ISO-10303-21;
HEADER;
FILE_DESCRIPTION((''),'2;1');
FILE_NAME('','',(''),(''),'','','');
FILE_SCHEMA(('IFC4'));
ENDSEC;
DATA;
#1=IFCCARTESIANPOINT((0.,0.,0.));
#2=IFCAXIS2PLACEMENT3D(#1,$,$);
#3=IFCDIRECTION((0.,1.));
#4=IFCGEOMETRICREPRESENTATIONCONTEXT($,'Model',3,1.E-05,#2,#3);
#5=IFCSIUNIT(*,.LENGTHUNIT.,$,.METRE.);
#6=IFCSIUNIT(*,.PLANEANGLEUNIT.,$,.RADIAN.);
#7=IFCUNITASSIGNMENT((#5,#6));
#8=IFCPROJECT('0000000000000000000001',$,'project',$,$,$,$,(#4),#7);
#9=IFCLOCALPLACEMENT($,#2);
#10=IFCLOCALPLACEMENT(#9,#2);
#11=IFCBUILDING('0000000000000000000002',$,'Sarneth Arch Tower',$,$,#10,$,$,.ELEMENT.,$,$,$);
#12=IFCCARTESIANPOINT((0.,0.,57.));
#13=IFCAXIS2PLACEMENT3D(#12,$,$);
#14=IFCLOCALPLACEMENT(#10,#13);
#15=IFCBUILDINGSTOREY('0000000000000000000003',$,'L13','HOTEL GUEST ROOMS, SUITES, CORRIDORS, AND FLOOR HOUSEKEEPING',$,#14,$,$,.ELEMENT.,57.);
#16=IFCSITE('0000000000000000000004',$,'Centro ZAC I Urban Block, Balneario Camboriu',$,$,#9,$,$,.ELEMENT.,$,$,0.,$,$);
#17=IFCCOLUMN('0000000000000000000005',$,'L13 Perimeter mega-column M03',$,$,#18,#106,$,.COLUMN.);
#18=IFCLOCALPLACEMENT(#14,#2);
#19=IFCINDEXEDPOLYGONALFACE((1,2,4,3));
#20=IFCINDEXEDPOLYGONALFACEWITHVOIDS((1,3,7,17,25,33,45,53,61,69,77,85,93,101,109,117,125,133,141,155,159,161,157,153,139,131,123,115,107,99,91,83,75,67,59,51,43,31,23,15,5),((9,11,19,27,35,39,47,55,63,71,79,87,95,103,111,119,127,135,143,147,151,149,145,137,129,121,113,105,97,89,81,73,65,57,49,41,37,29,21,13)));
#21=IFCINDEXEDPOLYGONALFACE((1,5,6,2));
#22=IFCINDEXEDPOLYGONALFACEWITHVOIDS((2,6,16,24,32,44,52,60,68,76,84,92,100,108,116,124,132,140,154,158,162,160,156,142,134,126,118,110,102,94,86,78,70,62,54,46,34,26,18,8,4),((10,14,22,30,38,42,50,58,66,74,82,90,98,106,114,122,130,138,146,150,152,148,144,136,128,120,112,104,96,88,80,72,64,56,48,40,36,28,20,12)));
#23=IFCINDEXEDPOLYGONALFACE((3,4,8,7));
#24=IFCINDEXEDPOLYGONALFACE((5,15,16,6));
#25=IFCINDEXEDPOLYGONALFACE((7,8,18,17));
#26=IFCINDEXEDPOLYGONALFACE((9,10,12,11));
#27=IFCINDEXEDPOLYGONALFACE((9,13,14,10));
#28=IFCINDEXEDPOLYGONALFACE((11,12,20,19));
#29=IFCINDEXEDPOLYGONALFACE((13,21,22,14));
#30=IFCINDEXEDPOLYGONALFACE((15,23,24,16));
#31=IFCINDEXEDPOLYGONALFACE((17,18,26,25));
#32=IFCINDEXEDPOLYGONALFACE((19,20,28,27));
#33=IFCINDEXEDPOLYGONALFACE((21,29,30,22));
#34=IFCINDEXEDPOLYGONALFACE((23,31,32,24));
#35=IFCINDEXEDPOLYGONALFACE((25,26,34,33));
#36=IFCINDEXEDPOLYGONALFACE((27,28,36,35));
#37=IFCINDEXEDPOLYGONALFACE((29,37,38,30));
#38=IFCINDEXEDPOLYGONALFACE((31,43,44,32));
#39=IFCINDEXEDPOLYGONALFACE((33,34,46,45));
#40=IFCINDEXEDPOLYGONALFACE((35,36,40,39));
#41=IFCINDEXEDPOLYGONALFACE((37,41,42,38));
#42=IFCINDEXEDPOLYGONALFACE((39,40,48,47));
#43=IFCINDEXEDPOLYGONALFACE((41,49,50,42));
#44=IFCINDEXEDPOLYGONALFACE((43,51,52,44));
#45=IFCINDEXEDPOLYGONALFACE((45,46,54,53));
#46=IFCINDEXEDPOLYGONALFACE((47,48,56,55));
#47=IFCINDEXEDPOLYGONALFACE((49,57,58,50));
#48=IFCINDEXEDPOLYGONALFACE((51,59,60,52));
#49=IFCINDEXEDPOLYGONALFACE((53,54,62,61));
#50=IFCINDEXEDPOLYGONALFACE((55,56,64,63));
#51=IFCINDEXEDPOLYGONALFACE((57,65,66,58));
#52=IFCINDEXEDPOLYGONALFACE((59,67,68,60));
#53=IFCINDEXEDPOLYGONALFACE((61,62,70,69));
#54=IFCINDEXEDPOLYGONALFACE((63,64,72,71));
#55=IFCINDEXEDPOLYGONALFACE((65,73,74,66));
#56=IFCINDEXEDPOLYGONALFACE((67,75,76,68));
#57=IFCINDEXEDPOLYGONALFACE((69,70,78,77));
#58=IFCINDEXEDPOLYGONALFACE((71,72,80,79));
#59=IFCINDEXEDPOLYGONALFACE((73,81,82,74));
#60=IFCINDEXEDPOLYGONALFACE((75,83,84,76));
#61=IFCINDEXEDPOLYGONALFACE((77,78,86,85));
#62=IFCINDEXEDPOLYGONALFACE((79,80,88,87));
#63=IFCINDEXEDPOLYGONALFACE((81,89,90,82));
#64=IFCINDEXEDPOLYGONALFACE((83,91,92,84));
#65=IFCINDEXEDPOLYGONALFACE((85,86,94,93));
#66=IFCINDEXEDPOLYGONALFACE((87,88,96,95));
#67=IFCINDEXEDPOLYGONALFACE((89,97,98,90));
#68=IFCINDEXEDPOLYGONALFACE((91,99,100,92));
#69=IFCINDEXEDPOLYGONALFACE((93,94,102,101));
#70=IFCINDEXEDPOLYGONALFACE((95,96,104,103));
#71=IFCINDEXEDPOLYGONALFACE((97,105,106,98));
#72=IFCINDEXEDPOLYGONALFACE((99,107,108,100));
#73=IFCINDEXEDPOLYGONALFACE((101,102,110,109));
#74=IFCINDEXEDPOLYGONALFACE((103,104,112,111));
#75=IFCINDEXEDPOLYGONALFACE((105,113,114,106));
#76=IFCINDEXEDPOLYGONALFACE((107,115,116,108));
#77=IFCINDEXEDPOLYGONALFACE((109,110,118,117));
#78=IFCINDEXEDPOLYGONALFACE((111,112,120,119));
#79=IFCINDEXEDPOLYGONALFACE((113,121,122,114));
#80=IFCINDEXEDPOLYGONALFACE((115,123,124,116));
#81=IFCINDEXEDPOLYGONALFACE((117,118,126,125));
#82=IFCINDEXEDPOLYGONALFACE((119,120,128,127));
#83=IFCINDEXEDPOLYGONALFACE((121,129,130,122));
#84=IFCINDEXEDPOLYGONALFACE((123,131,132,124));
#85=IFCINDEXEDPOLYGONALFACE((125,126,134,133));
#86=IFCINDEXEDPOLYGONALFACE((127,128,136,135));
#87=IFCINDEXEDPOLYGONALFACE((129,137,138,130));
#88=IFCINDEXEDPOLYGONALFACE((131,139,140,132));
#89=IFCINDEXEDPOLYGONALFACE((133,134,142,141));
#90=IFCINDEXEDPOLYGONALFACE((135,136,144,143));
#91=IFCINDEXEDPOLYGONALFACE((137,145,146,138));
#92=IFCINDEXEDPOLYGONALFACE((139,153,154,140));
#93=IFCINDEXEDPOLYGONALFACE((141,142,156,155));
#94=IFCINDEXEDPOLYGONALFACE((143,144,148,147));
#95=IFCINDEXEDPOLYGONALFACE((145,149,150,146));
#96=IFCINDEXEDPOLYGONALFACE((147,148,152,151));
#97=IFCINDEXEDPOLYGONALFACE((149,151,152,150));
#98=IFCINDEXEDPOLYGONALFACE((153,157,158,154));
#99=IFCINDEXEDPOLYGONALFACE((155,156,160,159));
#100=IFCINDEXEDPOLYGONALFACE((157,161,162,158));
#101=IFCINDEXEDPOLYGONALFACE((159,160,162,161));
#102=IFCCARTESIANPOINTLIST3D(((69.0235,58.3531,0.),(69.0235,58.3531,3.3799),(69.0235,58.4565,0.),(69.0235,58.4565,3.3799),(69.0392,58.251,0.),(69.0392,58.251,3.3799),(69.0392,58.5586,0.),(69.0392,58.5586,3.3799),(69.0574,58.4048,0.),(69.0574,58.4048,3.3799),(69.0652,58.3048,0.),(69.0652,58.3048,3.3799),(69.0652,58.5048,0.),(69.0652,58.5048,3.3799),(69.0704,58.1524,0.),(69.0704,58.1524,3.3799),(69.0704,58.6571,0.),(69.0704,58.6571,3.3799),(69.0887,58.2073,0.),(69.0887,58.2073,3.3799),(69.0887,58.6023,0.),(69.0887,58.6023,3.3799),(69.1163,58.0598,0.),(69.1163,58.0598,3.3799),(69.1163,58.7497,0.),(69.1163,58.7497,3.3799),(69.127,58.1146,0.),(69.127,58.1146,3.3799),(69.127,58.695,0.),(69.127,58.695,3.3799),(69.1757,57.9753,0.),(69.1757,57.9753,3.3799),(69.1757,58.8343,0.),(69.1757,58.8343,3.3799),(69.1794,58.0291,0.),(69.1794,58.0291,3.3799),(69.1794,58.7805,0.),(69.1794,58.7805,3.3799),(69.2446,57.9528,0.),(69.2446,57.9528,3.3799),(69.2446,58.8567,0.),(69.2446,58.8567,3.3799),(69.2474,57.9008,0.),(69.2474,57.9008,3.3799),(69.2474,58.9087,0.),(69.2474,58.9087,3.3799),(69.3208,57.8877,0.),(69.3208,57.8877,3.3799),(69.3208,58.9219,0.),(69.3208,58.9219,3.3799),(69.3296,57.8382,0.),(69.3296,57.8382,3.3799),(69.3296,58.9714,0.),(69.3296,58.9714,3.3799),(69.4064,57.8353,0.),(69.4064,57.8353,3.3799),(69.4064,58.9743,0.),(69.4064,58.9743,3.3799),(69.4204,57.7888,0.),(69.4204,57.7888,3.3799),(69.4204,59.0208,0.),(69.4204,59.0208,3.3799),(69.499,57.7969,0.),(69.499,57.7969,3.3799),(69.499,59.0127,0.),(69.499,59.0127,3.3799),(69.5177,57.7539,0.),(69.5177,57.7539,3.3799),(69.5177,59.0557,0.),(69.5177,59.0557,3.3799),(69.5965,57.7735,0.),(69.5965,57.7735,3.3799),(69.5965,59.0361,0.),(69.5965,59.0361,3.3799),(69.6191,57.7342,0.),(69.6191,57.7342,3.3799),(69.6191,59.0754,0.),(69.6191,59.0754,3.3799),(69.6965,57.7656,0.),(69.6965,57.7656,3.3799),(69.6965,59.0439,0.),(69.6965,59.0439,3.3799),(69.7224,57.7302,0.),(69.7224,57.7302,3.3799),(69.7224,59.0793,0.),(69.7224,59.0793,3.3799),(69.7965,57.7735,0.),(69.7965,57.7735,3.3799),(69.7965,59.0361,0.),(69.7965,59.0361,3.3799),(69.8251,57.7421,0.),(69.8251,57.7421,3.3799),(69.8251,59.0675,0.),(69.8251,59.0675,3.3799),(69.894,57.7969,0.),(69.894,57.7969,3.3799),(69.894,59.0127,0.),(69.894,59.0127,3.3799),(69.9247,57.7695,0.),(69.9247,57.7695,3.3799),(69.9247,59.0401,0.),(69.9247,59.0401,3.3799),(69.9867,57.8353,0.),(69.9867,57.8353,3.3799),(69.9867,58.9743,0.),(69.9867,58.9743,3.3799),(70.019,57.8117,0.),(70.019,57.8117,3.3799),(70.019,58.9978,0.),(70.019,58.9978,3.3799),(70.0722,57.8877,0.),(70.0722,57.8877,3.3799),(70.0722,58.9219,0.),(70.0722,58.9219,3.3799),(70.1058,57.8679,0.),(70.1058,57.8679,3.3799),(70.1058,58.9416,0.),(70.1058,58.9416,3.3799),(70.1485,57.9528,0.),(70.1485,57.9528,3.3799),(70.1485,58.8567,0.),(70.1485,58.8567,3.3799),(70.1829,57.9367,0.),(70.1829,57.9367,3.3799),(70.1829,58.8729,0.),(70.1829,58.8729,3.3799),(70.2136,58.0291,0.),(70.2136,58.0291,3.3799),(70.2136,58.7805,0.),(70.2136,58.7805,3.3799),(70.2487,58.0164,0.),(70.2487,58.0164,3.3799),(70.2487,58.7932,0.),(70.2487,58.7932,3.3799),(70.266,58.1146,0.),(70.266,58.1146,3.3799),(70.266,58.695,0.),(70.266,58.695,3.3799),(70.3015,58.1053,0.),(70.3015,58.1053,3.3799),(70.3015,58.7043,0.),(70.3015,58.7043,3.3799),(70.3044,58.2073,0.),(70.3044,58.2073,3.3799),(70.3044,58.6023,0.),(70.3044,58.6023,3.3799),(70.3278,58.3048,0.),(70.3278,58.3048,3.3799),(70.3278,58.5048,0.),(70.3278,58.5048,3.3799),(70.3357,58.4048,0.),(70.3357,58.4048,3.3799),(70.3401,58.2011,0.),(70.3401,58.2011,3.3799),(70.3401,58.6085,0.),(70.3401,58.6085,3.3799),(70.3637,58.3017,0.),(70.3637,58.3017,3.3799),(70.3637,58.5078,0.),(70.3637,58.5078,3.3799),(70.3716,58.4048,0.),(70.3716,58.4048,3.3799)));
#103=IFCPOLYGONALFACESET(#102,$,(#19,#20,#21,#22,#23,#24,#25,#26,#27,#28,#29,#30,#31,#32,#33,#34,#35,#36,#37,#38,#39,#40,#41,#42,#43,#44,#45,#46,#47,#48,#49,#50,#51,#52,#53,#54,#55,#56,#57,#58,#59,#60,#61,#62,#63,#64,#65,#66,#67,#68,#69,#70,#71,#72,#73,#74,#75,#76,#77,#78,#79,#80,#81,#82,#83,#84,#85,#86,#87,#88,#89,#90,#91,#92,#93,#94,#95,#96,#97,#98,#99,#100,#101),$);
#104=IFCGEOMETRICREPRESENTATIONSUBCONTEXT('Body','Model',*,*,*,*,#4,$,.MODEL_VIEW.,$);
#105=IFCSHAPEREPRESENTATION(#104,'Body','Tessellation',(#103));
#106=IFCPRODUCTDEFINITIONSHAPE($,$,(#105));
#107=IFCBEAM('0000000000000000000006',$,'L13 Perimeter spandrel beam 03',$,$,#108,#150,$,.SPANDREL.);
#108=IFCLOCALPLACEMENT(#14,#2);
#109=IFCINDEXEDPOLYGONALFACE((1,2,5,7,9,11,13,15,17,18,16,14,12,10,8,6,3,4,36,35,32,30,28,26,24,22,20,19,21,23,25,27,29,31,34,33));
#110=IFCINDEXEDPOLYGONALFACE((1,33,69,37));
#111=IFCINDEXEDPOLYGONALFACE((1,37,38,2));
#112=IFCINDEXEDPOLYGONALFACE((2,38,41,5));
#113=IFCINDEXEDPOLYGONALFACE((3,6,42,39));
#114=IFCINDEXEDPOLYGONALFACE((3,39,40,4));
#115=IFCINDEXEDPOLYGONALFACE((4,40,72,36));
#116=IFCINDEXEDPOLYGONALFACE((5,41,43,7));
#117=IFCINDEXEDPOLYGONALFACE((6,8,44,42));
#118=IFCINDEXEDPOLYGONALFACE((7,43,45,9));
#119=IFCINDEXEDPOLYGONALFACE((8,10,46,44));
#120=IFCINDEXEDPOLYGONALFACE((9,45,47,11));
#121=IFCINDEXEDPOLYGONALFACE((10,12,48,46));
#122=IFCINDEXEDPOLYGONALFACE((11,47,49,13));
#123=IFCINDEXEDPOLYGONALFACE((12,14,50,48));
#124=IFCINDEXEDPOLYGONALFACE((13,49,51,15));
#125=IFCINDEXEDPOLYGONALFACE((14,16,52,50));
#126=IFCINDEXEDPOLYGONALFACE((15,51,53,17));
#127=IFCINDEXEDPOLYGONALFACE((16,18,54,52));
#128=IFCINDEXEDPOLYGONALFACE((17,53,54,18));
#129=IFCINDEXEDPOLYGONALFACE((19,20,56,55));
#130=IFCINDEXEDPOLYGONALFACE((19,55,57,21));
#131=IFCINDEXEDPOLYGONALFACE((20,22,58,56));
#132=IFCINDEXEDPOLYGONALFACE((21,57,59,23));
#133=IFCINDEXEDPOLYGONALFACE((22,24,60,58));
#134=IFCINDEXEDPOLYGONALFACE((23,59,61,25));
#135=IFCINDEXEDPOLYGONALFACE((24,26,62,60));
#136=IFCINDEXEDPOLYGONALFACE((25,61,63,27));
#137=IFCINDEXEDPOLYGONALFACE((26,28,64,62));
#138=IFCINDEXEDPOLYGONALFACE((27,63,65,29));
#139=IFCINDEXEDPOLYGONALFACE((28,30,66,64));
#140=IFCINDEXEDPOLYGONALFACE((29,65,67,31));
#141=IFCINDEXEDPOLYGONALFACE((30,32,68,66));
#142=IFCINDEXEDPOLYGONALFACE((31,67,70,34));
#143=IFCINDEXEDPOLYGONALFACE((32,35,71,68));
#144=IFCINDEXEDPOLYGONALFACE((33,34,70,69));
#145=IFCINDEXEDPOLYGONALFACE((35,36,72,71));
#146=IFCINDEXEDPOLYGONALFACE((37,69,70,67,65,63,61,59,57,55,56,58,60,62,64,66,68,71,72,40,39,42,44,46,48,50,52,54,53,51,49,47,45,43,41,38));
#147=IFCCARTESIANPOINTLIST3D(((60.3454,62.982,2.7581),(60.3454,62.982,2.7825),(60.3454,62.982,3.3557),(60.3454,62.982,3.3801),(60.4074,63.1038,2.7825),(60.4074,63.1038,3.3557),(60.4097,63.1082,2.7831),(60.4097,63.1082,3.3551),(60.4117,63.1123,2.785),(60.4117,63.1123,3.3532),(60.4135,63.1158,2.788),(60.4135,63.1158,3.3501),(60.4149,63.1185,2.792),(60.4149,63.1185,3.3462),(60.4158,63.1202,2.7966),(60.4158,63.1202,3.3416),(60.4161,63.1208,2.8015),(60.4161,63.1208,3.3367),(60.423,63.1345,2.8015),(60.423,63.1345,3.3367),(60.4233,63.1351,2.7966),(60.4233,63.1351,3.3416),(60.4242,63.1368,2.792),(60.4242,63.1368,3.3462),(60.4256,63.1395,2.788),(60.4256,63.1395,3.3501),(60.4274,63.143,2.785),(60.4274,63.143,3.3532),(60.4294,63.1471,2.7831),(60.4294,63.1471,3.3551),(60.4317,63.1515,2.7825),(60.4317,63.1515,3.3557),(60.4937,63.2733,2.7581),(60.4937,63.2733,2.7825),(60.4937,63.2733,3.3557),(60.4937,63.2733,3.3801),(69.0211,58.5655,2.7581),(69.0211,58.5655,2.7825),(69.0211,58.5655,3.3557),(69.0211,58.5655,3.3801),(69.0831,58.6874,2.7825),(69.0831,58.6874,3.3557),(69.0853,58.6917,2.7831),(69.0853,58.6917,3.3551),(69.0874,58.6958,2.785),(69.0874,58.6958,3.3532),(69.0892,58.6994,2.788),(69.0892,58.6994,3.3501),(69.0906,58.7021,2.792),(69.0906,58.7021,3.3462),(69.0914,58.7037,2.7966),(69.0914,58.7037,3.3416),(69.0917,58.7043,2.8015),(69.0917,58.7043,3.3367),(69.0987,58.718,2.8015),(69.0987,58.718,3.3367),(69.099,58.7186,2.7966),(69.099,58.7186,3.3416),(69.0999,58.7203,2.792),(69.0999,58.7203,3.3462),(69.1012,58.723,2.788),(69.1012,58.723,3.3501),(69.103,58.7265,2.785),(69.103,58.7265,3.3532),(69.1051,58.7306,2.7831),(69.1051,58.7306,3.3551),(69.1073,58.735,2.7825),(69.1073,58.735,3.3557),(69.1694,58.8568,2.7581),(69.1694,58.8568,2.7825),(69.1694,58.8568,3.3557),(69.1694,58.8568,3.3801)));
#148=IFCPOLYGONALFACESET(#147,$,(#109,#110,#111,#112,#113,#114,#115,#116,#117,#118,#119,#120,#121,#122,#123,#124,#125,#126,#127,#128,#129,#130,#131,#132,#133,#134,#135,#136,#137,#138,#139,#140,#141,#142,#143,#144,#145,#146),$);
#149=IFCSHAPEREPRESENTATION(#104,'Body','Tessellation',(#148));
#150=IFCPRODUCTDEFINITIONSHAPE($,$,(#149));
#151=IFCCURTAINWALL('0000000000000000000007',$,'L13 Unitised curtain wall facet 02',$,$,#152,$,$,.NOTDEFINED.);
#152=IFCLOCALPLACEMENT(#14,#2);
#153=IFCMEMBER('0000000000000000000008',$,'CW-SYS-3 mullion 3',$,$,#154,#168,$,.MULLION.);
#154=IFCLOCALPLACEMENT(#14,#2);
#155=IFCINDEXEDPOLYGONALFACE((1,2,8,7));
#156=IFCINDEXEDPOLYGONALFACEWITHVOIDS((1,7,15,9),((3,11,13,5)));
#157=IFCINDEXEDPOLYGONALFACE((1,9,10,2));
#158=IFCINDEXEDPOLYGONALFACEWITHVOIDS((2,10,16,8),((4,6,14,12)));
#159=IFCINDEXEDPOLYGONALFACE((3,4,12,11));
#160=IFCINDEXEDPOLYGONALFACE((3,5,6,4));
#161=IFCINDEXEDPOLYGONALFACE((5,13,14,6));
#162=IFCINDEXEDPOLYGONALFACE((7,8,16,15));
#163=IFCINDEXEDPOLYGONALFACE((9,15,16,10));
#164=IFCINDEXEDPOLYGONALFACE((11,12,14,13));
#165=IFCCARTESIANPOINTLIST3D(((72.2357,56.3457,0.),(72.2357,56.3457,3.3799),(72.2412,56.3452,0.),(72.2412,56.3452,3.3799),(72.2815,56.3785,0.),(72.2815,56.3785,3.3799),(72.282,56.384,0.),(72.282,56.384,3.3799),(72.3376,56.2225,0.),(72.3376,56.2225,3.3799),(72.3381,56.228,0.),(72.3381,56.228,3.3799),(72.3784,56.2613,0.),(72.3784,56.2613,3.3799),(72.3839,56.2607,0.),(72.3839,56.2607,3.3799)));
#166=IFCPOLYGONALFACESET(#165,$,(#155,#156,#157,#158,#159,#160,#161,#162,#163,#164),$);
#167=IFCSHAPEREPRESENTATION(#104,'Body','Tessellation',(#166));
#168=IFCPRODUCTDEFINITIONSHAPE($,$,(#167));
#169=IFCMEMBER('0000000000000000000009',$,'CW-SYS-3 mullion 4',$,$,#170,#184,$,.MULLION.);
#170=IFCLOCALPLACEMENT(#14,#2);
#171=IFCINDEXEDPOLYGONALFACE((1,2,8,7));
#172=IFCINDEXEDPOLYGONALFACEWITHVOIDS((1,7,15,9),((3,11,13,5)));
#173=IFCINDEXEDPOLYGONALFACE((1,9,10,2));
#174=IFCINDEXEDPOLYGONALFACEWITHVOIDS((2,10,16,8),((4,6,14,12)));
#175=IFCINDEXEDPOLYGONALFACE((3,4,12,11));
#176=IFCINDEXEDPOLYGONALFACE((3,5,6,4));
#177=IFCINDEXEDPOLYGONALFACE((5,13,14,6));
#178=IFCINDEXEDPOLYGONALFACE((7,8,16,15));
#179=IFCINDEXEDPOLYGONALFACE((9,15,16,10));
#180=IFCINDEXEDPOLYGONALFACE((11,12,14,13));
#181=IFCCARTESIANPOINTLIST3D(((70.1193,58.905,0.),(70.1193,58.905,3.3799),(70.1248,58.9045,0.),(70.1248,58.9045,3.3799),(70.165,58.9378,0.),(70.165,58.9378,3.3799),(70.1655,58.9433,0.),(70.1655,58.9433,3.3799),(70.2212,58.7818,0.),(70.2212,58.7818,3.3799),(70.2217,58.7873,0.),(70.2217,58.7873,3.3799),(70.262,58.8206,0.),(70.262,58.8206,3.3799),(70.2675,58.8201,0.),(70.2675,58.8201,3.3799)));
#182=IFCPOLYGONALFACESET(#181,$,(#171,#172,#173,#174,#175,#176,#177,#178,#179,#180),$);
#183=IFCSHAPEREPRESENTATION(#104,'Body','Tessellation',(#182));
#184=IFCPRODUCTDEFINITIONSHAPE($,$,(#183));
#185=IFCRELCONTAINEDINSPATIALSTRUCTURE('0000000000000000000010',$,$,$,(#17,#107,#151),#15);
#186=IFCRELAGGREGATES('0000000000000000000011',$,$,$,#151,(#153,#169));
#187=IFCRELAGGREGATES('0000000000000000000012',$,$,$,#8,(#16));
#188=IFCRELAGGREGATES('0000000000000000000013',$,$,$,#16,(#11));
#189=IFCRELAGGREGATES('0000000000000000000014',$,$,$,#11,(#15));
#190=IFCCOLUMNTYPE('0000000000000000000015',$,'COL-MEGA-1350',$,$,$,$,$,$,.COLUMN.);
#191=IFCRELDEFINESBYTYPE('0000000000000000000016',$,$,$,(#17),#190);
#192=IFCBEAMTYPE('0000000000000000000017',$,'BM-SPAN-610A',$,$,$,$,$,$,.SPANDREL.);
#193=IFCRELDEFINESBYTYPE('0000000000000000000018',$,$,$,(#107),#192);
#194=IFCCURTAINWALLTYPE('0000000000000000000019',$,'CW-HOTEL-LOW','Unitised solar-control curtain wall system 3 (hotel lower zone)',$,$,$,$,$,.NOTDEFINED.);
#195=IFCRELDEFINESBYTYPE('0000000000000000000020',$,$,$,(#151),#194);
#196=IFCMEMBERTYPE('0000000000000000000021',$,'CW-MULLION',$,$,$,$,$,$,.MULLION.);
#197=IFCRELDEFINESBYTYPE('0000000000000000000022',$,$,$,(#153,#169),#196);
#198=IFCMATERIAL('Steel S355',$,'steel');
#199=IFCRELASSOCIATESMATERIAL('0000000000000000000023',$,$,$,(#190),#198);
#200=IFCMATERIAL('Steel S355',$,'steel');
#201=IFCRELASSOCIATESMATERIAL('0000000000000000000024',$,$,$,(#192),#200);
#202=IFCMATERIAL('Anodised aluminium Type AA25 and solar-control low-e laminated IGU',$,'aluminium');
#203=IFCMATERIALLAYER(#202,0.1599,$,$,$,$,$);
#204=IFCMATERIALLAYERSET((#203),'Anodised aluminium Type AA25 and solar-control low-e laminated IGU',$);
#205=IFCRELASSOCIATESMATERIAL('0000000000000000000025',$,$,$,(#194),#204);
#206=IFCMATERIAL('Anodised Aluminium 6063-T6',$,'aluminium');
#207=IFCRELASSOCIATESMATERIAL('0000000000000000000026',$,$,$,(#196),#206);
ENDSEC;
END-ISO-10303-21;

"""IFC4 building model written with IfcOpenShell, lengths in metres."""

from ifc_helpers import new_model, si_unit, direction, frame, origin, origin_2d, place, context, subcontext, project, spatial, hollow_rectangle, hollow_circle, i_section, extrude, material, layer, layer_set, material_profile, profile_set, type_object, element, aggregate, save


model = new_model("IFC4")

# Units and contexts
model_context = context("Model", 3, precision=1e-05, world=origin(), true_north=direction((0.0, 1.0)))
body_context = subcontext(model_context, "Body", "Model", "MODEL_VIEW")
ifc_project = project(units=[si_unit("LENGTHUNIT", "METRE"), si_unit("PLANEANGLEUNIT", "RADIAN")], contexts=[model_context])

# Site, building, storey
site_placement = place(None, origin())
site = spatial("IfcSite", under=ifc_project, at=site_placement, Name="Centro ZAC I Urban Block, Balneario Camboriu", CompositionType="ELEMENT", RefElevation=0.0)
building_placement = place(site_placement, origin())
building = spatial("IfcBuilding", under=site, at=building_placement, Name="Sarneth Arch Tower", CompositionType="ELEMENT")
storey_placement = place(building_placement, frame((0.0, 0.0, 57.0)))
storey = spatial("IfcBuildingStorey", under=building, at=storey_placement, Name="L13", Description="HOTEL GUEST ROOMS, SUITES, CORRIDORS, AND FLOOR HOUSEKEEPING", CompositionType="ELEMENT", Elevation=57.0)

# Column
ifc_material_1 = material(Name="Steel S355", Category="steel")
ifc_material_profile_1 = material_profile(ifc_material_1, hollow_circle(Radius=0.675, WallThickness=0.0359, at=origin_2d()), Name="CHS1350x36")
ifc_profile_set_1 = profile_set([ifc_material_profile_1], Name="Steel S355")
column_type = type_object("IfcColumnType", Name="COL-MEGA-1350", PredefinedType="COLUMN", material=ifc_profile_set_1)
column_placement = place(storey_placement, frame((69.6965, 58.4048, 0.0), z_axis=(0.0, 0.0, 1.0), x_axis=(1.0, 0.0, 0.0)))
element("IfcColumn", 1, at=column_placement, inside=storey, type_object=column_type, Name="L13 Perimeter mega-column M03", PredefinedType="COLUMN", context=body_context, shape_type="SweptSolid", body=[
    extrude(hollow_circle(Radius=0.675, WallThickness=0.0359, at=origin_2d()), origin(), (0.0, 0.0, 1.0), 3.3799),
])

# Beam
ifc_material_2 = material(Name="Steel S355", Category="steel")
ifc_material_profile_2 = material_profile(ifc_material_2, i_section(OverallWidth=0.3269, OverallDepth=0.6221, WebThickness=0.0154, FlangeThickness=0.0244, FilletRadius=0.019, at=origin_2d()), Name="W610x195")
ifc_profile_set_2 = profile_set([ifc_material_profile_2], Name="Steel S355")
beam_type = type_object("IfcBeamType", Name="BM-SPAN-610A", PredefinedType="SPANDREL", material=ifc_profile_set_2)
beam_placement = place(storey_placement, frame((69.0952, 58.7112, 3.0691), z_axis=(-0.891174, 0.453662, 0.0), x_axis=(-0.453662, -0.891174, 0.0)))
element("IfcBeam", 2, at=beam_placement, inside=storey, type_object=beam_type, Name="L13 Perimeter spandrel beam 03", PredefinedType="SPANDREL", context=body_context, shape_type="SweptSolid", body=[
    extrude(i_section(OverallWidth=0.3269, OverallDepth=0.6221, WebThickness=0.0154, FlangeThickness=0.0244, FilletRadius=0.019, at=origin_2d()), origin(), (0.0, 0.0, 1.0), 9.7351),
])

# Curtain wall, members
ifc_material_3 = material(Name="Anodised aluminium Type AA25 and solar-control low-e laminated IGU", Category="aluminium")
ifc_layer_1 = layer(ifc_material_3, 0.1599)
ifc_layer_set_1 = layer_set([ifc_layer_1], Name="Anodised aluminium Type AA25 and solar-control low-e laminated IGU")
curtain_wall_type = type_object("IfcCurtainWallType", Name="CW-HOTEL-LOW", Description="Unitised solar-control curtain wall system 3 (hotel lower zone)", PredefinedType="NOTDEFINED", material=ifc_layer_set_1)
curtain_wall_placement = place(storey_placement, origin())
curtain_wall = element("IfcCurtainWall", 3, at=curtain_wall_placement, inside=storey, type_object=curtain_wall_type, Name="L13 Unitised curtain wall facet 02", PredefinedType="NOTDEFINED")
ifc_material_4 = material(Name="Anodised Aluminium 6063-T6", Category="aluminium")
ifc_material_profile_3 = material_profile(ifc_material_4, hollow_rectangle(XDim=0.0601, YDim=0.1599, WallThickness=0.0039, at=origin_2d()), Name="AL-MULL-160x60x4")
ifc_profile_set_3 = profile_set([ifc_material_profile_3], Name="Anodised Aluminium 6063-T6")
member_type_1 = type_object("IfcMemberType", Name="CW-MULLION", PredefinedType="MULLION", material=ifc_profile_set_3)
member_1_placement = place(storey_placement, frame((72.3098, 56.3032, 0.0), z_axis=(0.0, 0.0, 1.0), x_axis=(-0.770623, -0.637291, 0.0)))
member_1 = element("IfcMember", 4, at=member_1_placement, type_object=member_type_1, Name="CW-SYS-3 mullion 3", PredefinedType="MULLION", context=body_context, shape_type="SweptSolid", body=[
    extrude(hollow_rectangle(XDim=0.0601, YDim=0.1599, WallThickness=0.0039, at=origin_2d()), origin(), (0.0, 0.0, 1.0), 3.3799),
])
member_2_placement = place(storey_placement, frame((70.1934, 58.8625, 0.0), z_axis=(0.0, 0.0, 1.0), x_axis=(-0.770623, -0.637291, 0.0)))
member_2 = element("IfcMember", 5, at=member_2_placement, type_object=member_type_1, Name="CW-SYS-3 mullion 4", PredefinedType="MULLION", context=body_context, shape_type="SweptSolid", body=[
    extrude(hollow_rectangle(XDim=0.0601, YDim=0.1599, WallThickness=0.0039, at=origin_2d()), origin(), (0.0, 0.0, 1.0), 3.3799),
])

aggregate(curtain_wall, [member_1, member_2])

save(model, "model.ifc")
